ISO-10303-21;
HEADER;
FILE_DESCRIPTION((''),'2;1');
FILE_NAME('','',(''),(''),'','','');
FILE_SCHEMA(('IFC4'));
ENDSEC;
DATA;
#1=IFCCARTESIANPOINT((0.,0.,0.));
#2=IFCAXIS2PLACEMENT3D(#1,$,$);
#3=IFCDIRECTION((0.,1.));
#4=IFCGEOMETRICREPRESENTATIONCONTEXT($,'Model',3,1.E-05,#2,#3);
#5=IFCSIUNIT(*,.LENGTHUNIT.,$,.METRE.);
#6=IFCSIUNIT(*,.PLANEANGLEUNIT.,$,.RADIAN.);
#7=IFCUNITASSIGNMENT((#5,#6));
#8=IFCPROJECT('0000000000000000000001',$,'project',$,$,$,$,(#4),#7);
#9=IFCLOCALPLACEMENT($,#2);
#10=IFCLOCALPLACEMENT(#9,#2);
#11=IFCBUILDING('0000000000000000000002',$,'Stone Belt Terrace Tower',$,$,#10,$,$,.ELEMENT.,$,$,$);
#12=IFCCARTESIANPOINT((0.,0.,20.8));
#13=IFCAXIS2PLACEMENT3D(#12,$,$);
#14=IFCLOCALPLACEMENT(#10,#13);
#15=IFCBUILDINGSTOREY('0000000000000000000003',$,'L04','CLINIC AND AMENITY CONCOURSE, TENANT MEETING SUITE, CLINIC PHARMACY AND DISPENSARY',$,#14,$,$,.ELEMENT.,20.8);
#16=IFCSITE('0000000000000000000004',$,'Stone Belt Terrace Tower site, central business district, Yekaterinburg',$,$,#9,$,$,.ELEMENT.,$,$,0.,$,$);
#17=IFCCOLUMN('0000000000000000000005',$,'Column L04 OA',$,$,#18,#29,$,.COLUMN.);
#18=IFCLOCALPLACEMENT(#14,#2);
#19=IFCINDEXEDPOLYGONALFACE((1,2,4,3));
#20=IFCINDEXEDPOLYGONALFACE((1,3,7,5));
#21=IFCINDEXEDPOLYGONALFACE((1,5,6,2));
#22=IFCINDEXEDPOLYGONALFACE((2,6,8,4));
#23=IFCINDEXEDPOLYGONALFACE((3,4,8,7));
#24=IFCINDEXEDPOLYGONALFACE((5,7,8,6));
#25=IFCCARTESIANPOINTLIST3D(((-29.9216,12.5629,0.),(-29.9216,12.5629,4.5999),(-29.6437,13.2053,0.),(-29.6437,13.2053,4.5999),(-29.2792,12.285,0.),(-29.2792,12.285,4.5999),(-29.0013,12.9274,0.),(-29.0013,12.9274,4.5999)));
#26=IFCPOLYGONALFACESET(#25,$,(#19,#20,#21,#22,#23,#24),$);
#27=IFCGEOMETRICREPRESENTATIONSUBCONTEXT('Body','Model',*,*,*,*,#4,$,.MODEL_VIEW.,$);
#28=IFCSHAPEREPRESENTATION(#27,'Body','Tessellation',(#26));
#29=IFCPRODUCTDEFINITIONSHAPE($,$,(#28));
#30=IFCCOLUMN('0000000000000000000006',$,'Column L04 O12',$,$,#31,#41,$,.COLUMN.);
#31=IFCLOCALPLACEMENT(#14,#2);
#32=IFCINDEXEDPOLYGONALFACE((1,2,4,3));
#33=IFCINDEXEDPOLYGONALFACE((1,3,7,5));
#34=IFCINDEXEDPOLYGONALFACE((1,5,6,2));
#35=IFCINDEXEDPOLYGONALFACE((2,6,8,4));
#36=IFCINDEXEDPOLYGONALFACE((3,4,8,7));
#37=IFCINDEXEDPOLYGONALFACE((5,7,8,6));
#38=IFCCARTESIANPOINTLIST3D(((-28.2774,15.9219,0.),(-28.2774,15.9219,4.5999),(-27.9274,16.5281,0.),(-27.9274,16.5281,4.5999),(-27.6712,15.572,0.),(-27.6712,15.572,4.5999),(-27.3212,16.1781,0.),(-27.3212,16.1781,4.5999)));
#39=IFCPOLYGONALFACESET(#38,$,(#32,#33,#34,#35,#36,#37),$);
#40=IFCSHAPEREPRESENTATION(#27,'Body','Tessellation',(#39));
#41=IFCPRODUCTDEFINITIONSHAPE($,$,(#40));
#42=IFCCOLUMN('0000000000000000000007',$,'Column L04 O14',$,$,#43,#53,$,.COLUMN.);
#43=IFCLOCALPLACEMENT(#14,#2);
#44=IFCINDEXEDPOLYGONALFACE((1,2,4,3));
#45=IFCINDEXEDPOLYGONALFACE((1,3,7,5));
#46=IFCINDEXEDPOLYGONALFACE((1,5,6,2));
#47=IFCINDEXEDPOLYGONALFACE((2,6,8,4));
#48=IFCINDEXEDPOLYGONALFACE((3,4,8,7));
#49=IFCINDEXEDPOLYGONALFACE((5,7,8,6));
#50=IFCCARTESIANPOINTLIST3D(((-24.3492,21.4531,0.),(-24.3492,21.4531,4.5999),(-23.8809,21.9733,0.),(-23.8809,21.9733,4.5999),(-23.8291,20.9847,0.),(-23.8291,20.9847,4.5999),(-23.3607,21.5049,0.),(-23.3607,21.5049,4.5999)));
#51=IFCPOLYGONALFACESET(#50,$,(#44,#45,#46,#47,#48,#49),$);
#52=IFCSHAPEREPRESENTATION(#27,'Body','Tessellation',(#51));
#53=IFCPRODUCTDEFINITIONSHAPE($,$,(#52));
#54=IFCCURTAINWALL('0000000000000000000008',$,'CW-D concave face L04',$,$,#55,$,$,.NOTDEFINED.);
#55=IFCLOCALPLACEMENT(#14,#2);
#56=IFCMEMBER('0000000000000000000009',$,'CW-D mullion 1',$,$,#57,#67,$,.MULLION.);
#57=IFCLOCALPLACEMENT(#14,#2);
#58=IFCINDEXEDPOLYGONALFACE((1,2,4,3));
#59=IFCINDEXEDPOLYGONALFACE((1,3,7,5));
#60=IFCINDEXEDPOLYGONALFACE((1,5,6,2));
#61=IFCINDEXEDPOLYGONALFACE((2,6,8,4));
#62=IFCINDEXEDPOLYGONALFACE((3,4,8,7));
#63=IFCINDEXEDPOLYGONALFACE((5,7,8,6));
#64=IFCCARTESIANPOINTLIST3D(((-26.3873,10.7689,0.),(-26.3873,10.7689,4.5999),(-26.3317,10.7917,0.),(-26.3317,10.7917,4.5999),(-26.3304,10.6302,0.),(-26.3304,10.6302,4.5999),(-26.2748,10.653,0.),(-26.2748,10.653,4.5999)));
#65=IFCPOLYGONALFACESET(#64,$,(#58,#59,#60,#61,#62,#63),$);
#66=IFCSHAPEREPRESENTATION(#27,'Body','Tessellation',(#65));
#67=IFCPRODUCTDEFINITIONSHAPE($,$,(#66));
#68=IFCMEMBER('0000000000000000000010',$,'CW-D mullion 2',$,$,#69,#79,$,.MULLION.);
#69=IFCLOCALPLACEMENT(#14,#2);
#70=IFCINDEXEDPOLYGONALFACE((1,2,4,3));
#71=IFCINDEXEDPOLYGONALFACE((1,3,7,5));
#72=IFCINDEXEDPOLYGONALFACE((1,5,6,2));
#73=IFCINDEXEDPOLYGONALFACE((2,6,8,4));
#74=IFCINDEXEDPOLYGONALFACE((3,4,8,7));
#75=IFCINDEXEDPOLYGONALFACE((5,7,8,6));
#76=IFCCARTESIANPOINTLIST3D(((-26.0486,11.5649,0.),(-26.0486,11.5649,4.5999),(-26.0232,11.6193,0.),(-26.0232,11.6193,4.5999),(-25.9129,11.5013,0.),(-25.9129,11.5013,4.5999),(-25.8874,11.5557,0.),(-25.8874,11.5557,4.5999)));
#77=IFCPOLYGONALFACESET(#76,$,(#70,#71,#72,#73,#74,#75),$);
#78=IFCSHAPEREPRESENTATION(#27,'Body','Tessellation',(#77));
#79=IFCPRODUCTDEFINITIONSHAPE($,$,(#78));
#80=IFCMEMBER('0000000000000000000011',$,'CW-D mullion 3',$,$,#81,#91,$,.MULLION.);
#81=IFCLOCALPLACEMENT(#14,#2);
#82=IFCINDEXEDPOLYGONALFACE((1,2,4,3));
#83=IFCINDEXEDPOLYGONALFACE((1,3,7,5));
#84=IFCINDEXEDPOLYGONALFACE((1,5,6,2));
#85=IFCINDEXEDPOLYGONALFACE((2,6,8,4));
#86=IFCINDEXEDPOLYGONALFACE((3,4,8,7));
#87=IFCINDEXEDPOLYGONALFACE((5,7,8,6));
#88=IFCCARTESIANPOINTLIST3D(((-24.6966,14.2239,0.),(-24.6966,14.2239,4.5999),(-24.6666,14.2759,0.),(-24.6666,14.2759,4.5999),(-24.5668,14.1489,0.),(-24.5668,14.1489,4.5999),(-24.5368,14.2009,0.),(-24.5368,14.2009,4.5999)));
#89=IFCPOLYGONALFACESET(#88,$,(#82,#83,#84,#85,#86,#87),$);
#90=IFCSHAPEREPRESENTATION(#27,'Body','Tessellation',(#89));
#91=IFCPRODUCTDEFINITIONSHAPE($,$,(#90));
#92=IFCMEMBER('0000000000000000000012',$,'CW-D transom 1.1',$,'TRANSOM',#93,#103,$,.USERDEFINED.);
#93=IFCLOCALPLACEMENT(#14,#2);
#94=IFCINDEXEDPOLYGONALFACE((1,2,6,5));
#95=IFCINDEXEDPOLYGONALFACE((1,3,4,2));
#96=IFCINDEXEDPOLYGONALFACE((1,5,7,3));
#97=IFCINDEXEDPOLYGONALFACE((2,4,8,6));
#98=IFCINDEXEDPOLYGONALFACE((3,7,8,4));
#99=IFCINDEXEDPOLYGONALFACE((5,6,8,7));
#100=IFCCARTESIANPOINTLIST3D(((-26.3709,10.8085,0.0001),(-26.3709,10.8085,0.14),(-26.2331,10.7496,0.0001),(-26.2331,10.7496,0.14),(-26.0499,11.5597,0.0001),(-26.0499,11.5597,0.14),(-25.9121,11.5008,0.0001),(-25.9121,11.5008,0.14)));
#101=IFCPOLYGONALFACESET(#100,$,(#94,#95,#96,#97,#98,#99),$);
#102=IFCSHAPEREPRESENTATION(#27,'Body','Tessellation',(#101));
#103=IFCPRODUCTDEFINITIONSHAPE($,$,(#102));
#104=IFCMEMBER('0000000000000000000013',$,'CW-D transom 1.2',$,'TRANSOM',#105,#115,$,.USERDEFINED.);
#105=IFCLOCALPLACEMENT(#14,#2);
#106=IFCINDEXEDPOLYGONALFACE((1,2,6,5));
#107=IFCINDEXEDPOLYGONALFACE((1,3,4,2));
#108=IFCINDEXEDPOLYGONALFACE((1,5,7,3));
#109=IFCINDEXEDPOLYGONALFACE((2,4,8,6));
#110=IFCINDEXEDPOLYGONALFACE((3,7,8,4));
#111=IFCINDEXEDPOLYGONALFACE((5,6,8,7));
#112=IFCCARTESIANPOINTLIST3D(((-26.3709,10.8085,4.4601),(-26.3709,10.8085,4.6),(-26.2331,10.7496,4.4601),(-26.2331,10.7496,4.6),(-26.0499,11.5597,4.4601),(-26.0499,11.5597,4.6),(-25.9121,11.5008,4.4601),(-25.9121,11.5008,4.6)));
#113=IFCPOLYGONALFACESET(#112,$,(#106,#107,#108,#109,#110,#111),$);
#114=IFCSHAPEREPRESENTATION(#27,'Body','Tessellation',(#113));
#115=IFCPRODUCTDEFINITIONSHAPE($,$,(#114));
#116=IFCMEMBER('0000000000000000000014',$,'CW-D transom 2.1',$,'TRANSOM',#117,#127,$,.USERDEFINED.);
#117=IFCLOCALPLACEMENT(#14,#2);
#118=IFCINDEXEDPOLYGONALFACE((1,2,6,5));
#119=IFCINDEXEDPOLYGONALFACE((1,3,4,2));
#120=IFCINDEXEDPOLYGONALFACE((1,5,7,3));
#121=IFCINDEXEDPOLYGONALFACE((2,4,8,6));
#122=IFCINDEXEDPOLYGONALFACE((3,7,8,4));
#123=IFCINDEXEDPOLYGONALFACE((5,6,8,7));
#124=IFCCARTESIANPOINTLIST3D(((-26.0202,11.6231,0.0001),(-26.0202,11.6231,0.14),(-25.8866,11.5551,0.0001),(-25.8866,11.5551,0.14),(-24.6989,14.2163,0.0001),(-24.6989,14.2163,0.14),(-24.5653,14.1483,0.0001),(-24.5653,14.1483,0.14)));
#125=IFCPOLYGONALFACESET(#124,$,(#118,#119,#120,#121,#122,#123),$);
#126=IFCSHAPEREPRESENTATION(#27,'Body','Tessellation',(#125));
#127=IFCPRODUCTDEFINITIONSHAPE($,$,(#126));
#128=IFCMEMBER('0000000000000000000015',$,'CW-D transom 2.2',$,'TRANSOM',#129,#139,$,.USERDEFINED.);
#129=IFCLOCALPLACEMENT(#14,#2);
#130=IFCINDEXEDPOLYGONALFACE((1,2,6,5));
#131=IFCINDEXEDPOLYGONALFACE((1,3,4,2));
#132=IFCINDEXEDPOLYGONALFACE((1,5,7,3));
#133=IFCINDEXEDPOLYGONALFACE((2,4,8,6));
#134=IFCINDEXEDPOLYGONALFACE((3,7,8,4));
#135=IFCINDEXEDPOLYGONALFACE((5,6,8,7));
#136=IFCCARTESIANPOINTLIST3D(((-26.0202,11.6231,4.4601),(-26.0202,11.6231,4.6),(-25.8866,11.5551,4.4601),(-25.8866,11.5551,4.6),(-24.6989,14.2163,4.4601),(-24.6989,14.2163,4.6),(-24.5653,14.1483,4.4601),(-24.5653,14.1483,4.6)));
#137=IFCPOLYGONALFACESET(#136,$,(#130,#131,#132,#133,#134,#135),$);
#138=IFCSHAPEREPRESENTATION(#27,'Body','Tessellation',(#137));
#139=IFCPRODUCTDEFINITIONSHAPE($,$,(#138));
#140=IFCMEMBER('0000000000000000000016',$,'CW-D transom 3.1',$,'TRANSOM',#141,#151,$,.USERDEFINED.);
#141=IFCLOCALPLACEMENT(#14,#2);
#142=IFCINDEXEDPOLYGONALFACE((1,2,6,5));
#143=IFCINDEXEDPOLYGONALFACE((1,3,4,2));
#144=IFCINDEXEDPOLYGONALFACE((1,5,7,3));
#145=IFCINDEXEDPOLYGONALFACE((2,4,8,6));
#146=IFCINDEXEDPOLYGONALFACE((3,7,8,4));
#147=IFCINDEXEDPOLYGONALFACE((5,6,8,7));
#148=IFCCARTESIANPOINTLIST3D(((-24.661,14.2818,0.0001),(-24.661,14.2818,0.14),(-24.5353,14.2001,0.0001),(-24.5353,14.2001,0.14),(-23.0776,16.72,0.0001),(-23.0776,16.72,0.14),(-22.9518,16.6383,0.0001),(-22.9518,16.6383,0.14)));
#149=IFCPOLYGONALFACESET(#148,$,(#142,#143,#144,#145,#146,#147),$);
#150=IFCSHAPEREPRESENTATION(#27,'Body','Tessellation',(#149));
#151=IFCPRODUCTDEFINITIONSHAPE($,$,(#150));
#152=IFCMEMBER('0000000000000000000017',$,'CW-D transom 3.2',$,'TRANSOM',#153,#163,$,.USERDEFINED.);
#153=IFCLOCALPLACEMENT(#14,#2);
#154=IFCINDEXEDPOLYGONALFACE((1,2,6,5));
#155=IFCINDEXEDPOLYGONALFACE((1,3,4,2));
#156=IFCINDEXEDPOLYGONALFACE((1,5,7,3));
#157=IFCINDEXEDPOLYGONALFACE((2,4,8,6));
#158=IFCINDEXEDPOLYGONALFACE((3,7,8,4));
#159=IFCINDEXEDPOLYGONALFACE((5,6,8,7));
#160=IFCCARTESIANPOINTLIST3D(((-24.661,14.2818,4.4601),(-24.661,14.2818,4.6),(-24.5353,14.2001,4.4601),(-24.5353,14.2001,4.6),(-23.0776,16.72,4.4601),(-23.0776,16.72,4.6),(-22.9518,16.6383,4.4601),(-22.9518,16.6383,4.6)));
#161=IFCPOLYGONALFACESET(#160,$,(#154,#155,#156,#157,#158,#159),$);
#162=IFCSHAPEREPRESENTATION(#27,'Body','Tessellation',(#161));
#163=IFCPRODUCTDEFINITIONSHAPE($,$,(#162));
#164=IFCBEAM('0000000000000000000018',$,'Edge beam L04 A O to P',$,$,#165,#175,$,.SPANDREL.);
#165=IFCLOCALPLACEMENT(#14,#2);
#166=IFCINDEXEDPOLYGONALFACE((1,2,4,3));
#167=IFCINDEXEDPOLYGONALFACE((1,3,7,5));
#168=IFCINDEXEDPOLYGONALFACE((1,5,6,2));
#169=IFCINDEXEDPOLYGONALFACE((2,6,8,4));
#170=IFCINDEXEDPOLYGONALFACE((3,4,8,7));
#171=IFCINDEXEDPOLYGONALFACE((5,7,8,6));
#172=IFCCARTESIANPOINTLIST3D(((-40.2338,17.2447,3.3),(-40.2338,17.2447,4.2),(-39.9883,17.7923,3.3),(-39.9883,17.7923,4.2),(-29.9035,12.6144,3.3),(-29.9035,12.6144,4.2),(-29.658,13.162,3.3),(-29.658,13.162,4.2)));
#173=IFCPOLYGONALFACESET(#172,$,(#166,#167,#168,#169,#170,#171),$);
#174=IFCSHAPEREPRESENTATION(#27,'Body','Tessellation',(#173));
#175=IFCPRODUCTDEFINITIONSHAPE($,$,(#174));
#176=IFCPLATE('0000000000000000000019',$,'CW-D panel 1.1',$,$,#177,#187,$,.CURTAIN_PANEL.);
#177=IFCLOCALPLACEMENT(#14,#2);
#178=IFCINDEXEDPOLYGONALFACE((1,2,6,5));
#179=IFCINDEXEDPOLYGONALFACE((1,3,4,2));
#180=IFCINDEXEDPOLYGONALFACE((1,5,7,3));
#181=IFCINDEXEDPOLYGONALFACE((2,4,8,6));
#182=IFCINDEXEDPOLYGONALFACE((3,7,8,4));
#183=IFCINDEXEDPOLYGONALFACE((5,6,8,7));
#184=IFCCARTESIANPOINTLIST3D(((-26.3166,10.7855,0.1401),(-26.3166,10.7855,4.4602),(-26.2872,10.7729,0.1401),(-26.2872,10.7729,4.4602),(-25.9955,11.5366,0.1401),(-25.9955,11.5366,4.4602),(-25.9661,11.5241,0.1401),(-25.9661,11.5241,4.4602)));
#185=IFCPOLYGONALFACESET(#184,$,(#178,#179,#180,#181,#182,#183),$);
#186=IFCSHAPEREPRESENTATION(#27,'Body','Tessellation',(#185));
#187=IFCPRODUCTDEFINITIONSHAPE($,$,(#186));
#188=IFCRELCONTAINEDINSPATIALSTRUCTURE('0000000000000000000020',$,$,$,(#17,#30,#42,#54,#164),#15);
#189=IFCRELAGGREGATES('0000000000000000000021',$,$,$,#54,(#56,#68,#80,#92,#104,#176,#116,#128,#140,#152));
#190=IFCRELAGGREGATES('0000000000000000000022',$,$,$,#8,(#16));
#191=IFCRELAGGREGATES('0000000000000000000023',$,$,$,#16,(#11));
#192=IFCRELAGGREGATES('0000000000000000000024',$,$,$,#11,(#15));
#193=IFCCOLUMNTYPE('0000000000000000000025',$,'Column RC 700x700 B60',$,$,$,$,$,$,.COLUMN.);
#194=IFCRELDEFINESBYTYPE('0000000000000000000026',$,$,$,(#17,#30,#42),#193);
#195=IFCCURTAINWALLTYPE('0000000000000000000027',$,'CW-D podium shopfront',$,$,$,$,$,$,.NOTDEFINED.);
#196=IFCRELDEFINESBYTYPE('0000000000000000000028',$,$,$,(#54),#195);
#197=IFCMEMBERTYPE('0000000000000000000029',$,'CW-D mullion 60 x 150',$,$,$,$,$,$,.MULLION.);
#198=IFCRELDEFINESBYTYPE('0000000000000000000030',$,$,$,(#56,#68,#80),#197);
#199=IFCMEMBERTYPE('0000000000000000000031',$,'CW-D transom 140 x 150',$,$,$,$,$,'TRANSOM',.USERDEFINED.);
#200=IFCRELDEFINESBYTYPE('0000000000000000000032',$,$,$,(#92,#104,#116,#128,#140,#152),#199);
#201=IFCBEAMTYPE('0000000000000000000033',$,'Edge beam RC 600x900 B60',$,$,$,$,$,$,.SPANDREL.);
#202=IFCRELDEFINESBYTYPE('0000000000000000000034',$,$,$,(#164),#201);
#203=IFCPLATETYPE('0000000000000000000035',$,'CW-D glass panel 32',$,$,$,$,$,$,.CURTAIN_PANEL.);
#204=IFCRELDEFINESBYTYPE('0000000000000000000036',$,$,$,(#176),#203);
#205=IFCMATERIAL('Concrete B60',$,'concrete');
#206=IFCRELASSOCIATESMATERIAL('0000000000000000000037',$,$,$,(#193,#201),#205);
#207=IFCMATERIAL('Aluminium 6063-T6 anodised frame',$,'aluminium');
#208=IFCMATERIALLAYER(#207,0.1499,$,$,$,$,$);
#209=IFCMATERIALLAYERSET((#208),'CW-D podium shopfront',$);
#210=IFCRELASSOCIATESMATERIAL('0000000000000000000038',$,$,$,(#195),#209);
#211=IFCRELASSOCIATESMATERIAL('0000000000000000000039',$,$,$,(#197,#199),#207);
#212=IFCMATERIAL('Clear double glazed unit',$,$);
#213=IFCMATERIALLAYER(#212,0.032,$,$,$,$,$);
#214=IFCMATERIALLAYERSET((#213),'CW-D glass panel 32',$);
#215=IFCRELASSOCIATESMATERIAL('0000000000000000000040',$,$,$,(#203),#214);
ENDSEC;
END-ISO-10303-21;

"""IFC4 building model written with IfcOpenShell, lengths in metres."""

from ifc_helpers import new_model, si_unit, direction, frame, origin, origin_2d, place, context, subcontext, project, spatial, rectangle, extrude, material, layer, layer_set, material_profile, profile_set, type_object, element, aggregate, save


model = new_model("IFC4")

# Units and contexts
model_context = context("Model", 3, precision=1e-05, world=origin(), true_north=direction((0.0, 1.0)))
body_context = subcontext(model_context, "Body", "Model", "MODEL_VIEW")
ifc_project = project(units=[si_unit("LENGTHUNIT", "METRE"), si_unit("PLANEANGLEUNIT", "RADIAN")], contexts=[model_context])

# Site, building, storey
site_placement = place(None, origin())
site = spatial("IfcSite", under=ifc_project, at=site_placement, Name="Stone Belt Terrace Tower site, central business district, Yekaterinburg", CompositionType="ELEMENT", RefElevation=0.0)
building_placement = place(site_placement, origin())
building = spatial("IfcBuilding", under=site, at=building_placement, Name="Stone Belt Terrace Tower", CompositionType="ELEMENT")
storey_placement = place(building_placement, frame((0.0, 0.0, 20.8)))
storey = spatial("IfcBuildingStorey", under=building, at=storey_placement, Name="L04", Description="CLINIC AND AMENITY CONCOURSE, TENANT MEETING SUITE, CLINIC PHARMACY AND DISPENSARY", CompositionType="ELEMENT", Elevation=20.8)

# Columns
ifc_material_1 = material(Name="Concrete B60", Category="concrete")
ifc_material_profile_1 = material_profile(ifc_material_1, rectangle(XDim=0.7, YDim=0.7, at=origin_2d()), Name="RC 700x700")
ifc_profile_set_1 = profile_set([ifc_material_profile_1], Name="Concrete B60")
column_type = type_object("IfcColumnType", Name="Column RC 700x700 B60", PredefinedType="COLUMN", material=ifc_profile_set_1)
for number, where, z_axis, x_axis, name in (
    (1, (-29.4614, 12.7451, 0.0), (0.0, 0.0, 1.0), (0.397044, 0.9178, 0.0), "Column L04 OA"),
    (2, (-27.7993, 16.05, 0.0), (0.0, 0.0, 1.0), (0.5, 0.866025, 0.0), "Column L04 O12"),
    (3, (-23.855, 21.479, 0.0), (0.0, 0.0, 1.0), (0.669131, 0.743145, 0.0), "Column L04 O14"),
):
    element("IfcColumn", number, at=place(storey_placement, frame(where, z_axis=z_axis, x_axis=x_axis)), inside=storey, type_object=column_type, Name=name, PredefinedType="COLUMN", context=body_context, shape_type="SweptSolid", body=[
        extrude(rectangle(XDim=0.7, YDim=0.7, at=origin_2d()), origin(), (0.0, 0.0, 1.0), 4.5999),
    ])

# Curtain wall, members
ifc_material_2 = material(Name="Aluminium 6063-T6 anodised frame", Category="aluminium")
ifc_layer_1 = layer(ifc_material_2, 0.1499)
ifc_layer_set_1 = layer_set([ifc_layer_1], Name="CW-D podium shopfront")
curtain_wall_type = type_object("IfcCurtainWallType", Name="CW-D podium shopfront", PredefinedType="NOTDEFINED", material=ifc_layer_set_1)
curtain_wall_1_placement = place(storey_placement, origin())
curtain_wall_1 = element("IfcCurtainWall", 4, at=curtain_wall_1_placement, inside=storey, type_object=curtain_wall_type, Name="CW-D concave face L04", PredefinedType="NOTDEFINED")
ifc_material_profile_2 = material_profile(ifc_material_2, rectangle(XDim=0.1499, YDim=0.0601, at=origin_2d()), Name="Aluminium 6063-T6 60x150")
ifc_profile_set_2 = profile_set([ifc_material_profile_2], Name="Aluminium 6063-T6 anodised frame")
member_type_1 = type_object("IfcMemberType", Name="CW-D mullion 60 x 150", PredefinedType="MULLION", material=ifc_profile_set_2)
member_1_placement = place(storey_placement, frame((-26.3311, 10.7109, 0.0), z_axis=(0.0, 0.0, 1.0), x_axis=(-0.379212, 0.92531, 0.0)))
member_1 = element("IfcMember", 5, at=member_1_placement, type_object=member_type_1, Name="CW-D mullion 1", PredefinedType="MULLION", context=body_context, shape_type="SweptSolid", body=[
    extrude(rectangle(XDim=0.1499, YDim=0.0601, at=origin_2d()), origin(), (0.0, 0.0, 1.0), 4.5999),
])
member_2_placement = place(storey_placement, frame((-25.968, 11.5603, 0.0), z_axis=(0.0, 0.0, 1.0), x_axis=(-0.905778, 0.423752, 0.0)))
member_2 = element("IfcMember", 6, at=member_2_placement, type_object=member_type_1, Name="CW-D mullion 2", PredefinedType="MULLION", context=body_context, shape_type="SweptSolid", body=[
    extrude(rectangle(XDim=0.1499, YDim=0.0601, at=origin_2d()), origin(), (0.0, 0.0, 1.0), 4.5999),
])
member_3_placement = place(storey_placement, frame((-24.6167, 14.2124, 0.0), z_axis=(0.0, 0.0, 1.0), x_axis=(-0.866025, 0.5, 0.0)))
member_3 = element("IfcMember", 7, at=member_3_placement, type_object=member_type_1, Name="CW-D mullion 3", PredefinedType="MULLION", context=body_context, shape_type="SweptSolid", body=[
    extrude(rectangle(XDim=0.1499, YDim=0.0601, at=origin_2d()), origin(), (0.0, 0.0, 1.0), 4.5999),
])
ifc_material_profile_3 = material_profile(ifc_material_2, rectangle(XDim=0.1499, YDim=0.1399, at=origin_2d()), Name="Aluminium 6063-T6 150x140")
ifc_profile_set_3 = profile_set([ifc_material_profile_3], Name="Aluminium 6063-T6 anodised frame")
member_type_2 = type_object("IfcMemberType", Name="CW-D transom 140 x 150", ElementType="TRANSOM", PredefinedType="USERDEFINED", material=ifc_profile_set_3)
member_4_placement = place(storey_placement, frame((-26.302, 10.7791, 0.0701), z_axis=(0.392981, 0.919546, 0.0), x_axis=(-0.919546, 0.392981, 0.0)))
member_4 = element("IfcMember", 8, at=member_4_placement, type_object=member_type_2, Name="CW-D transom 1.1", ObjectType="TRANSOM", PredefinedType="USERDEFINED", context=body_context, shape_type="SweptSolid", body=[
    extrude(rectangle(XDim=0.1499, YDim=0.1399, at=origin_2d()), origin(), (0.0, 0.0, 1.0), 0.8169),
])
member_5_placement = place(storey_placement, frame((-26.302, 10.7791, 4.53), z_axis=(0.392981, 0.919546, 0.0), x_axis=(-0.919546, 0.392981, 0.0)))
member_5 = element("IfcMember", 9, at=member_5_placement, type_object=member_type_2, Name="CW-D transom 1.2", ObjectType="TRANSOM", PredefinedType="USERDEFINED", context=body_context, shape_type="SweptSolid", body=[
    extrude(rectangle(XDim=0.1499, YDim=0.1399, at=origin_2d()), origin(), (0.0, 0.0, 1.0), 0.8169),
])
member_6_placement = place(storey_placement, frame((-25.9534, 11.5891, 0.0701), z_axis=(0.453979, 0.891013, 0.0), x_axis=(-0.891013, 0.453979, 0.0)))
member_6 = element("IfcMember", 10, at=member_6_placement, type_object=member_type_2, Name="CW-D transom 2.1", ObjectType="TRANSOM", PredefinedType="USERDEFINED", context=body_context, shape_type="SweptSolid", body=[
    extrude(rectangle(XDim=0.1499, YDim=0.1399, at=origin_2d()), origin(), (0.0, 0.0, 1.0), 2.9104),
])
member_7_placement = place(storey_placement, frame((-25.9534, 11.5891, 4.53), z_axis=(0.453979, 0.891013, 0.0), x_axis=(-0.891013, 0.453979, 0.0)))
member_7 = element("IfcMember", 11, at=member_7_placement, type_object=member_type_2, Name="CW-D transom 2.2", ObjectType="TRANSOM", PredefinedType="USERDEFINED", context=body_context, shape_type="SweptSolid", body=[
    extrude(rectangle(XDim=0.1499, YDim=0.1399, at=origin_2d()), origin(), (0.0, 0.0, 1.0), 2.9104),
])
member_8_placement = place(storey_placement, frame((-24.5981, 14.241, 0.0701), z_axis=(0.544661, 0.838657, 0.0), x_axis=(-0.838657, 0.544661, 0.0)))
member_8 = element("IfcMember", 12, at=member_8_placement, type_object=member_type_2, Name="CW-D transom 3.1", ObjectType="TRANSOM", PredefinedType="USERDEFINED", context=body_context, shape_type="SweptSolid", body=[
    extrude(rectangle(XDim=0.1499, YDim=0.1399, at=origin_2d()), origin(), (0.0, 0.0, 1.0), 2.9072),
])
member_9_placement = place(storey_placement, frame((-24.5981, 14.241, 4.53), z_axis=(0.544661, 0.838657, 0.0), x_axis=(-0.838657, 0.544661, 0.0)))
member_9 = element("IfcMember", 13, at=member_9_placement, type_object=member_type_2, Name="CW-D transom 3.2", ObjectType="TRANSOM", PredefinedType="USERDEFINED", context=body_context, shape_type="SweptSolid", body=[
    extrude(rectangle(XDim=0.1499, YDim=0.1399, at=origin_2d()), origin(), (0.0, 0.0, 1.0), 2.9072),
])

# Beam
ifc_material_profile_4 = material_profile(ifc_material_1, rectangle(XDim=0.6001, YDim=0.8999, at=origin_2d()), Name="RC 600x900")
ifc_profile_set_4 = profile_set([ifc_material_profile_4], Name="Concrete B60")
beam_type = type_object("IfcBeamType", Name="Edge beam RC 600x900 B60", PredefinedType="SPANDREL", material=ifc_profile_set_4)
beam_placement = place(storey_placement, frame((-29.7808, 12.8882, 3.75), z_axis=(-0.912525, 0.409022, 0.0), x_axis=(-0.409022, -0.912525, 0.0)))
element("IfcBeam", 14, at=beam_placement, inside=storey, type_object=beam_type, Name="Edge beam L04 A O to P", PredefinedType="SPANDREL", context=body_context, shape_type="SweptSolid", body=[
    extrude(rectangle(XDim=0.6001, YDim=0.8999, at=origin_2d()), origin(), (0.0, 0.0, 1.0), 11.3206),
])

# Plate
ifc_material_3 = material(Name="Clear double glazed unit")
ifc_layer_2 = layer(ifc_material_3, 0.032)
ifc_layer_set_2 = layer_set([ifc_layer_2], Name="CW-D glass panel 32")
plate_type = type_object("IfcPlateType", Name="CW-D glass panel 32", PredefinedType="CURTAIN_PANEL", material=ifc_layer_set_2)
plate_1_placement = place(storey_placement, frame((-26.1414, 11.1548, 0.1401), z_axis=(0.0, 0.0, 1.0), x_axis=(0.393034, 0.919524, 0.0)))
plate_1 = element("IfcPlate", 15, at=plate_1_placement, type_object=plate_type, Name="CW-D panel 1.1", PredefinedType="CURTAIN_PANEL", context=body_context, shape_type="SweptSolid", body=[
    extrude(rectangle(XDim=0.8169, YDim=0.032, at=origin_2d()), origin(), (0.0, 0.0, 1.0), 4.3201),
])
aggregate(curtain_wall_1, [member_1, member_2, member_3, member_4, member_5, plate_1, member_6, member_7, member_8, member_9])

save(model, "model.ifc")
